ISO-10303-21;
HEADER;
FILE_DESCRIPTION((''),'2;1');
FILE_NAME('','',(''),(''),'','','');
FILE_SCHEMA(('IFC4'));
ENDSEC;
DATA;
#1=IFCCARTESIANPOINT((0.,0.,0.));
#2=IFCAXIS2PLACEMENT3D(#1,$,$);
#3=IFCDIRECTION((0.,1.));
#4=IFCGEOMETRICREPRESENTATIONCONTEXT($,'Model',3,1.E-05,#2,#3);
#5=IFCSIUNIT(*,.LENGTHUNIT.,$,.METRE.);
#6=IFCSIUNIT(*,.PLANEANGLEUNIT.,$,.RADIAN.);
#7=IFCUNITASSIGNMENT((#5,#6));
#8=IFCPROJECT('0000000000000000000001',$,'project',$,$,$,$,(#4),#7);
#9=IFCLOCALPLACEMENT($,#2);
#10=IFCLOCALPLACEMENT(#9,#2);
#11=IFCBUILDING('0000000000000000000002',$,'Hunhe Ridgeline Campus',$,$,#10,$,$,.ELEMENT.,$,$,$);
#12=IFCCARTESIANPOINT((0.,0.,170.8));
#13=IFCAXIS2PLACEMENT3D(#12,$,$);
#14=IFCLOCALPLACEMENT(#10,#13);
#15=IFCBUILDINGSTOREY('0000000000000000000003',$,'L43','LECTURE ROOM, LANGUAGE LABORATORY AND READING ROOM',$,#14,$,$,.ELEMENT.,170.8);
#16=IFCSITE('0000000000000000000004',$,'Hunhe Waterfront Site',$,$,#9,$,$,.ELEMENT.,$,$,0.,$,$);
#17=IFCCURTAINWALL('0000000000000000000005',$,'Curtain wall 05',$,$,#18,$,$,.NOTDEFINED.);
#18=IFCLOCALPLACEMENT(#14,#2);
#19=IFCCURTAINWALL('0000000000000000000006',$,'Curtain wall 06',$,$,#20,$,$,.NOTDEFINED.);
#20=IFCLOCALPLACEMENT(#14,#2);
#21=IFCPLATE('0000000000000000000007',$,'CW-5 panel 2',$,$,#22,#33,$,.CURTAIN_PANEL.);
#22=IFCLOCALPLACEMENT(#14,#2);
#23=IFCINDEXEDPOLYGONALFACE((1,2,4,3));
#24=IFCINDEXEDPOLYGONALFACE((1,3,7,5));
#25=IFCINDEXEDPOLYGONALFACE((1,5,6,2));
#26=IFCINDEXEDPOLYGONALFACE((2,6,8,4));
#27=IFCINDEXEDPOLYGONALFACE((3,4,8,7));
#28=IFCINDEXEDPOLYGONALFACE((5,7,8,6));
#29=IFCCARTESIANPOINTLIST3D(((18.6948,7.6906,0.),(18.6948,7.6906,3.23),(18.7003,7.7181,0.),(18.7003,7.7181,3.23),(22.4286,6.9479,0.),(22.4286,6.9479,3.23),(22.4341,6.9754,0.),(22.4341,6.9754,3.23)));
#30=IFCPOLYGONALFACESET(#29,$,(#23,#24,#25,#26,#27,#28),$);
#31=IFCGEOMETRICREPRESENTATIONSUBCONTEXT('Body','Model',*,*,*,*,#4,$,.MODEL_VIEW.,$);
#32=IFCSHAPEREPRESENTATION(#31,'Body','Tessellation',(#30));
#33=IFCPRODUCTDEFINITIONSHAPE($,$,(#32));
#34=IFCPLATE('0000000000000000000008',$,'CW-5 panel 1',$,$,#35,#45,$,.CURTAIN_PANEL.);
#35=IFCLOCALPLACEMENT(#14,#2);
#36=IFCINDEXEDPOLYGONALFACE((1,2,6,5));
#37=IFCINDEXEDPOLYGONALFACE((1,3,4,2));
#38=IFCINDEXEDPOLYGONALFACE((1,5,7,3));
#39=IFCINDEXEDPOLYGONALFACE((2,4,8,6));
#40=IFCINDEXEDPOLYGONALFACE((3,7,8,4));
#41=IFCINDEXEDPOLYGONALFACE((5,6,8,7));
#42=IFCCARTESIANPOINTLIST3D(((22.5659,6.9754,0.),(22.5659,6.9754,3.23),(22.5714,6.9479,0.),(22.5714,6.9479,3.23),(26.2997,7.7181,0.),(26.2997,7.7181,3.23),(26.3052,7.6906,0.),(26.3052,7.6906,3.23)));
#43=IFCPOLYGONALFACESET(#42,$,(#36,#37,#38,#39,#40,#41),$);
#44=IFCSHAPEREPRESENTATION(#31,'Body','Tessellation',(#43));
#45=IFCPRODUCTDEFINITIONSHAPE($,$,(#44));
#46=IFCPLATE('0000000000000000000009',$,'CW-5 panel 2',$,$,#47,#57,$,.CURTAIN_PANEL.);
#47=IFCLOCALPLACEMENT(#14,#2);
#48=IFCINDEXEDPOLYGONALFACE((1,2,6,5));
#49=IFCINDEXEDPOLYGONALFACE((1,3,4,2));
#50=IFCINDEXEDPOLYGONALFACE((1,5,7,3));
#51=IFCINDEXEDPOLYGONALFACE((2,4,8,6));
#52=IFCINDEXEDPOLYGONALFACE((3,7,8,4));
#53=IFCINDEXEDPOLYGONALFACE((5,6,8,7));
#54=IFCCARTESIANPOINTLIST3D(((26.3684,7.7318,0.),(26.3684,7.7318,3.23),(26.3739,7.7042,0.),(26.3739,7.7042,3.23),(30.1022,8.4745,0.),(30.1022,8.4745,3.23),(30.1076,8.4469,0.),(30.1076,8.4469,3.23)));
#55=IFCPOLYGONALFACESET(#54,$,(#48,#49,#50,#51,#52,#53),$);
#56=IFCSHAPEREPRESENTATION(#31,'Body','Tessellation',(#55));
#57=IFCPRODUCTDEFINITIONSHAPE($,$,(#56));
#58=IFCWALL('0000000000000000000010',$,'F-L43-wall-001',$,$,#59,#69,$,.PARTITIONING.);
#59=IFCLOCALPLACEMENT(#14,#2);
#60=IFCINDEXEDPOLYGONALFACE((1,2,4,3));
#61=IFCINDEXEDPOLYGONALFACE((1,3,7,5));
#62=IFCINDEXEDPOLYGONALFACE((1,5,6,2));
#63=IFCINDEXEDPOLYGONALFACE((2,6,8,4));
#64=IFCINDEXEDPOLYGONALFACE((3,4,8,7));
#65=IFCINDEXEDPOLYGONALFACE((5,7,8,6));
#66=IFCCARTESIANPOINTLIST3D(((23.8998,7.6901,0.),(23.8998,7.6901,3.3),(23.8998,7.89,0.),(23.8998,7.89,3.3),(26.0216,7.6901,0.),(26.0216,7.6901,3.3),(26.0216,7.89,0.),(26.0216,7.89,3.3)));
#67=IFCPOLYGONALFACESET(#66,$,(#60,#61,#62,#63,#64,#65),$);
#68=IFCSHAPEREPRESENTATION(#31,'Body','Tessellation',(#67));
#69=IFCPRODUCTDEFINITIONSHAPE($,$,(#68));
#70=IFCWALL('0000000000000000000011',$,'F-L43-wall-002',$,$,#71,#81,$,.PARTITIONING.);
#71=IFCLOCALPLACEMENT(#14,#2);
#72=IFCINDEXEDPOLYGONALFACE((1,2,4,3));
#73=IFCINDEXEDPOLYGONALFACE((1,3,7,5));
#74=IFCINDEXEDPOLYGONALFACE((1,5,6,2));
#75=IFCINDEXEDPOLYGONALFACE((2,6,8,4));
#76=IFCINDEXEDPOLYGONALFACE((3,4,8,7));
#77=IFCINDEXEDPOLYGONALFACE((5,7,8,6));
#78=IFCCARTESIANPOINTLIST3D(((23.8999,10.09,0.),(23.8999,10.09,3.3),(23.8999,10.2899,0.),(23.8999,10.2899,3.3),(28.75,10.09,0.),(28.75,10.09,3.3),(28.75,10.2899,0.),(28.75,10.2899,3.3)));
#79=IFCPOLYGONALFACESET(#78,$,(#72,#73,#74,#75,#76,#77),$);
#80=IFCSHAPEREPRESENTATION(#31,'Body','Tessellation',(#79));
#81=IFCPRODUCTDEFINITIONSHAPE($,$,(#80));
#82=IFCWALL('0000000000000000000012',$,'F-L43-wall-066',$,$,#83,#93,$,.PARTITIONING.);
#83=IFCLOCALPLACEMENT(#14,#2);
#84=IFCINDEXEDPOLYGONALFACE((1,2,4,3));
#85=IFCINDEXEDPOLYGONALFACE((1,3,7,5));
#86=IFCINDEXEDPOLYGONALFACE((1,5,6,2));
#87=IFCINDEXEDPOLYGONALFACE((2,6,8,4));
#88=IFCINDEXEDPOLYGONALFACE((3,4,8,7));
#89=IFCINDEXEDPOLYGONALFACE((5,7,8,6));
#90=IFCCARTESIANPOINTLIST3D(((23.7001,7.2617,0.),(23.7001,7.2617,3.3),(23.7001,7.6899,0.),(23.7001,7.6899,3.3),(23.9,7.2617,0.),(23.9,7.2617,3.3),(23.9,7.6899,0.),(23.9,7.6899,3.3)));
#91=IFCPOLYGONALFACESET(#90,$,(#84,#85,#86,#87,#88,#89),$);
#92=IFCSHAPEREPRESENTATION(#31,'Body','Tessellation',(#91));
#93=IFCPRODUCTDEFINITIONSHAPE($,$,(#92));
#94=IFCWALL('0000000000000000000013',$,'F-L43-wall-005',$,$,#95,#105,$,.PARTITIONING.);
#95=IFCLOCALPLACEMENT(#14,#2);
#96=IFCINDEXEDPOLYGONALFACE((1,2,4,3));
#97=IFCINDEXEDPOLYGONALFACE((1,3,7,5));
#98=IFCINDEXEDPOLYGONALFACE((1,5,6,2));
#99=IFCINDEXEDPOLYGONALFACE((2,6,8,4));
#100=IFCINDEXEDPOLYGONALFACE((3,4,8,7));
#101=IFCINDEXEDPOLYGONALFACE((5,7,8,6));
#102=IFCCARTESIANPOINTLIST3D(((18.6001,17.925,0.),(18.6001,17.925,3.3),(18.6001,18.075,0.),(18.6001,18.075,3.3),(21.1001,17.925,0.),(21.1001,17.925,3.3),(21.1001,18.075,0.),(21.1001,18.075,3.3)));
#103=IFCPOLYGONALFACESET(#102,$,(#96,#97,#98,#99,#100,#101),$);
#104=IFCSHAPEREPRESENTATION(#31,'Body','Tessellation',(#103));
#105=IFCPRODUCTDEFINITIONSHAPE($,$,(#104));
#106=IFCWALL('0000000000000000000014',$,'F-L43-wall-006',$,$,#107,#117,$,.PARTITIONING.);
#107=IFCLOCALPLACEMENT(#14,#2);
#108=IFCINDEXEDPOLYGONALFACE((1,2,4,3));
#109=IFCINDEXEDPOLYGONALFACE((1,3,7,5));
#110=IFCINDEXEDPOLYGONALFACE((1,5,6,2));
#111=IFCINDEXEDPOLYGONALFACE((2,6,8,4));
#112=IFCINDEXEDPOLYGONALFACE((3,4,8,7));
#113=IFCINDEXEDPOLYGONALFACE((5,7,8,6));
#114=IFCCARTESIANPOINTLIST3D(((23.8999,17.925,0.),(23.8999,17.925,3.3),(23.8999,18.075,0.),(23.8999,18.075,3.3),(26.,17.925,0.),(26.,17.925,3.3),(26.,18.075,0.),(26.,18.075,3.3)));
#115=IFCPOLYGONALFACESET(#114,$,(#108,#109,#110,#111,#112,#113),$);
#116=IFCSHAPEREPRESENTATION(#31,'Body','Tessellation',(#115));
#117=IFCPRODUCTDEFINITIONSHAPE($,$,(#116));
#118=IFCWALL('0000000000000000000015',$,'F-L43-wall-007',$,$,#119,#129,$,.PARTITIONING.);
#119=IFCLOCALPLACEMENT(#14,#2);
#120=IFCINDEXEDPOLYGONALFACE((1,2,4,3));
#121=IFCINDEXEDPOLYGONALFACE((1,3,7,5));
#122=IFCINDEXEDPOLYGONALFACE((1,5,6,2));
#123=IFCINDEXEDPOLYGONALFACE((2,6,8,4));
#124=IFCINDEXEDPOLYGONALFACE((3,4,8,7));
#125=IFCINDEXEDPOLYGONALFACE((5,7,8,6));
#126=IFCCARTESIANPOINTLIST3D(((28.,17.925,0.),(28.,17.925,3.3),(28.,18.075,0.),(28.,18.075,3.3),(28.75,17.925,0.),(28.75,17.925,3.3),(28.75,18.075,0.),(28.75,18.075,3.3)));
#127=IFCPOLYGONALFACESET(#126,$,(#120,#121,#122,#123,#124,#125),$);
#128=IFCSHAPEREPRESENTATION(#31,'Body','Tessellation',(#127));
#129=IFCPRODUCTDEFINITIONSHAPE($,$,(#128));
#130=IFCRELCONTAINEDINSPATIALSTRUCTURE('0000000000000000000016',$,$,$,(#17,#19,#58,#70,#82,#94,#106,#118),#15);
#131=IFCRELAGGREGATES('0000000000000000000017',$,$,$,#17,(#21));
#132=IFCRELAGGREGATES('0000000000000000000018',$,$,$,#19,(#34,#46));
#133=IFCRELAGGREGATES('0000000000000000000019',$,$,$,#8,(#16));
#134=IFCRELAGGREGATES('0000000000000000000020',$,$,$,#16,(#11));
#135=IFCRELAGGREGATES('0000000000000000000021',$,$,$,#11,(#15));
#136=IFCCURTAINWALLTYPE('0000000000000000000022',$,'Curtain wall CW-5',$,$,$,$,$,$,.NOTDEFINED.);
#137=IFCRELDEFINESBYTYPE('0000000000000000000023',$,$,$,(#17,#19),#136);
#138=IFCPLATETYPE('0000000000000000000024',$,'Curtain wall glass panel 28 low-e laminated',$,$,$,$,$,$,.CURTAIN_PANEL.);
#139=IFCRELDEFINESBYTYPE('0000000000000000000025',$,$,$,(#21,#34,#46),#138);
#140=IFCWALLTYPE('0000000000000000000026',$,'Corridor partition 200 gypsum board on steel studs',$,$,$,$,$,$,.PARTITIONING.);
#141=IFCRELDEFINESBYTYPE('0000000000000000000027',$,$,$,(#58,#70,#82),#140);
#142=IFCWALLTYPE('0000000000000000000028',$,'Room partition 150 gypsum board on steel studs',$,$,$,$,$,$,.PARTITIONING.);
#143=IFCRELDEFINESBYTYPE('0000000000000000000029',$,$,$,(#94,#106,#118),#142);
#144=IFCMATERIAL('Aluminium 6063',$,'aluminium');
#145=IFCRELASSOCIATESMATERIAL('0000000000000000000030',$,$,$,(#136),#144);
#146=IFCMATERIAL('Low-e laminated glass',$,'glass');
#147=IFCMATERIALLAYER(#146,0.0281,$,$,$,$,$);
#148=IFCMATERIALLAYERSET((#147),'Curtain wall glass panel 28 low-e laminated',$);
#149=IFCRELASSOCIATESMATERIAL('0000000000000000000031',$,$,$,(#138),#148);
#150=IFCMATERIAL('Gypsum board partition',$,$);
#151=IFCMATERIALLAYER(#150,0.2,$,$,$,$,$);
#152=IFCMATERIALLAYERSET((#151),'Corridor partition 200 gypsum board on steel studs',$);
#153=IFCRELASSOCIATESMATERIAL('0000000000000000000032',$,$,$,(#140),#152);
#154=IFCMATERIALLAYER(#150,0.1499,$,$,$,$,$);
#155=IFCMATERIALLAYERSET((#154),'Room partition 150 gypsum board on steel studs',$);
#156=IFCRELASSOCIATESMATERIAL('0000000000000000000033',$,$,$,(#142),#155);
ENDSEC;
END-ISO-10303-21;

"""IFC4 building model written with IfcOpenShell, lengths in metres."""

from ifc_helpers import new_model, si_unit, direction, frame, frame_2d, origin, origin_2d, place, context, subcontext, project, spatial, rectangle, extrude, material, layer, layer_set, type_object, element, aggregate, save


model = new_model("IFC4")

# Units and contexts
model_context = context("Model", 3, precision=1e-05, world=origin(), true_north=direction((0.0, 1.0)))
body_context = subcontext(model_context, "Body", "Model", "MODEL_VIEW")
ifc_project = project(units=[si_unit("LENGTHUNIT", "METRE"), si_unit("PLANEANGLEUNIT", "RADIAN")], contexts=[model_context])

# Site, building, storey
site_placement = place(None, origin())
site = spatial("IfcSite", under=ifc_project, at=site_placement, Name="Hunhe Waterfront Site", CompositionType="ELEMENT", RefElevation=0.0)
building_placement = place(site_placement, origin())
building = spatial("IfcBuilding", under=site, at=building_placement, Name="Hunhe Ridgeline Campus", CompositionType="ELEMENT")
storey_placement = place(building_placement, frame((0.0, 0.0, 170.8)))
storey = spatial("IfcBuildingStorey", under=building, at=storey_placement, Name="L43", Description="LECTURE ROOM, LANGUAGE LABORATORY AND READING ROOM", CompositionType="ELEMENT", Elevation=170.8)

# Curtain walls
ifc_material_1 = material(Name="Aluminium 6063", Category="aluminium")
curtain_wall_type = type_object("IfcCurtainWallType", Name="Curtain wall CW-5", PredefinedType="NOTDEFINED", material=ifc_material_1)
curtain_wall_1_placement = place(storey_placement, origin())
curtain_wall_1 = element("IfcCurtainWall", 1, at=curtain_wall_1_placement, inside=storey, type_object=curtain_wall_type, Name="Curtain wall 05", PredefinedType="NOTDEFINED")
curtain_wall_2_placement = place(storey_placement, origin())
curtain_wall_2 = element("IfcCurtainWall", 2, at=curtain_wall_2_placement, inside=storey, type_object=curtain_wall_type, Name="Curtain wall 06", PredefinedType="NOTDEFINED")

# Plates
ifc_material_2 = material(Name="Low-e laminated glass", Category="glass")
ifc_layer_1 = layer(ifc_material_2, 0.0281)
ifc_layer_set_1 = layer_set([ifc_layer_1], Name="Curtain wall glass panel 28 low-e laminated")
plate_type = type_object("IfcPlateType", Name="Curtain wall glass panel 28 low-e laminated", PredefinedType="CURTAIN_PANEL", material=ifc_layer_set_1)
plate_1_placement = place(storey_placement, frame((20.5645, 7.333, 0.0), z_axis=(0.0, 0.0, 1.0), x_axis=(0.980785, -0.19509, 0.0)))
plate_1 = element("IfcPlate", 3, at=plate_1_placement, type_object=plate_type, Name="CW-5 panel 2", PredefinedType="CURTAIN_PANEL", context=body_context, shape_type="SweptSolid", body=[
    extrude(rectangle(XDim=3.8069, YDim=0.0281, at=origin_2d()), origin(), (0.0, 0.0, 1.0), 3.23),
])
aggregate(curtain_wall_1, [plate_1])
plate_2_placement = place(storey_placement, frame((24.4355, 7.333, 0.0), z_axis=(0.0, 0.0, 1.0), x_axis=(0.980785, 0.19509, 0.0)))
plate_2 = element("IfcPlate", 4, at=plate_2_placement, type_object=plate_type, Name="CW-5 panel 1", PredefinedType="CURTAIN_PANEL", context=body_context, shape_type="SweptSolid", body=[
    extrude(rectangle(XDim=3.8069, YDim=0.0281, at=origin_2d()), origin(), (0.0, 0.0, 1.0), 3.23),
])
plate_3_placement = place(storey_placement, frame((28.238, 8.0894, 0.0), z_axis=(0.0, 0.0, 1.0), x_axis=(0.980785, 0.19509, 0.0)))
plate_3 = element("IfcPlate", 5, at=plate_3_placement, type_object=plate_type, Name="CW-5 panel 2", PredefinedType="CURTAIN_PANEL", context=body_context, shape_type="SweptSolid", body=[
    extrude(rectangle(XDim=3.8069, YDim=0.0281, at=origin_2d()), origin(), (0.0, 0.0, 1.0), 3.23),
])
aggregate(curtain_wall_2, [plate_2, plate_3])

# Walls
ifc_material_3 = material(Name="Gypsum board partition")
ifc_layer_2 = layer(ifc_material_3, 0.2)
ifc_layer_set_2 = layer_set([ifc_layer_2], Name="Corridor partition 200 gypsum board on steel studs")
wall_type_1 = type_object("IfcWallType", Name="Corridor partition 200 gypsum board on steel studs", PredefinedType="PARTITIONING", material=ifc_layer_set_2)
wall_1_placement = place(storey_placement, frame((26.0217, 7.79, 0.0), z_axis=(0.0, 0.0, 1.0), x_axis=(-1.0, 0.0, 0.0)))
element("IfcWall", 6, at=wall_1_placement, inside=storey, type_object=wall_type_1, Name="F-L43-wall-001", PredefinedType="PARTITIONING", context=body_context, shape_type="SweptSolid", body=[
    extrude(rectangle(XDim=2.1218, YDim=0.2, at=frame_2d((1.061, 0.0))), origin(), (0.0, 0.0, 1.0), 3.3),
])
wall_2_placement = place(storey_placement, frame((23.8999, 10.1899, 0.0), z_axis=(0.0, 0.0, 1.0), x_axis=(1.0, 0.0, 0.0)))
element("IfcWall", 7, at=wall_2_placement, inside=storey, type_object=wall_type_1, Name="F-L43-wall-002", PredefinedType="PARTITIONING", context=body_context, shape_type="SweptSolid", body=[
    extrude(rectangle(XDim=4.8501, YDim=0.2, at=frame_2d((2.425, 0.0))), origin(), (0.0, 0.0, 1.0), 3.3),
])

# Wall
wall_3_placement = place(storey_placement, frame((23.8, 7.6899, 0.0), z_axis=(0.0, 0.0, 1.0), x_axis=(0.0, -1.0, 0.0)))
element("IfcWall", 8, at=wall_3_placement, inside=storey, type_object=wall_type_1, Name="F-L43-wall-066", PredefinedType="PARTITIONING", context=body_context, shape_type="SweptSolid", body=[
    extrude(rectangle(XDim=0.4282, YDim=0.2, at=frame_2d((0.2141, 0.0))), origin(), (0.0, 0.0, 1.0), 3.3),
])

# Walls
ifc_layer_3 = layer(ifc_material_3, 0.1499)
ifc_layer_set_3 = layer_set([ifc_layer_3], Name="Room partition 150 gypsum board on steel studs")
wall_type_2 = type_object("IfcWallType", Name="Room partition 150 gypsum board on steel studs", PredefinedType="PARTITIONING", material=ifc_layer_set_3)
wall_4_placement = place(storey_placement, frame((18.6001, 18.0, 0.0), z_axis=(0.0, 0.0, 1.0), x_axis=(1.0, 0.0, 0.0)))
element("IfcWall", 9, at=wall_4_placement, inside=storey, type_object=wall_type_2, Name="F-L43-wall-005", PredefinedType="PARTITIONING", context=body_context, shape_type="SweptSolid", body=[
    extrude(rectangle(XDim=2.5, YDim=0.1499, at=frame_2d((1.25, 0.0))), origin(), (0.0, 0.0, 1.0), 3.3),
])
wall_5_placement = place(storey_placement, frame((23.8999, 18.0, 0.0), z_axis=(0.0, 0.0, 1.0), x_axis=(1.0, 0.0, 0.0)))
element("IfcWall", 10, at=wall_5_placement, inside=storey, type_object=wall_type_2, Name="F-L43-wall-006", PredefinedType="PARTITIONING", context=body_context, shape_type="SweptSolid", body=[
    extrude(rectangle(XDim=2.1001, YDim=0.1499, at=frame_2d((1.05, 0.0))), origin(), (0.0, 0.0, 1.0), 3.3),
])
wall_6_placement = place(storey_placement, frame((28.0, 18.0, 0.0), z_axis=(0.0, 0.0, 1.0), x_axis=(1.0, 0.0, 0.0)))
element("IfcWall", 11, at=wall_6_placement, inside=storey, type_object=wall_type_2, Name="F-L43-wall-007", PredefinedType="PARTITIONING", context=body_context, shape_type="SweptSolid", body=[
    extrude(rectangle(XDim=0.75, YDim=0.1499, at=frame_2d((0.375, 0.0))), origin(), (0.0, 0.0, 1.0), 3.3),
])

save(model, "model.ifc")
